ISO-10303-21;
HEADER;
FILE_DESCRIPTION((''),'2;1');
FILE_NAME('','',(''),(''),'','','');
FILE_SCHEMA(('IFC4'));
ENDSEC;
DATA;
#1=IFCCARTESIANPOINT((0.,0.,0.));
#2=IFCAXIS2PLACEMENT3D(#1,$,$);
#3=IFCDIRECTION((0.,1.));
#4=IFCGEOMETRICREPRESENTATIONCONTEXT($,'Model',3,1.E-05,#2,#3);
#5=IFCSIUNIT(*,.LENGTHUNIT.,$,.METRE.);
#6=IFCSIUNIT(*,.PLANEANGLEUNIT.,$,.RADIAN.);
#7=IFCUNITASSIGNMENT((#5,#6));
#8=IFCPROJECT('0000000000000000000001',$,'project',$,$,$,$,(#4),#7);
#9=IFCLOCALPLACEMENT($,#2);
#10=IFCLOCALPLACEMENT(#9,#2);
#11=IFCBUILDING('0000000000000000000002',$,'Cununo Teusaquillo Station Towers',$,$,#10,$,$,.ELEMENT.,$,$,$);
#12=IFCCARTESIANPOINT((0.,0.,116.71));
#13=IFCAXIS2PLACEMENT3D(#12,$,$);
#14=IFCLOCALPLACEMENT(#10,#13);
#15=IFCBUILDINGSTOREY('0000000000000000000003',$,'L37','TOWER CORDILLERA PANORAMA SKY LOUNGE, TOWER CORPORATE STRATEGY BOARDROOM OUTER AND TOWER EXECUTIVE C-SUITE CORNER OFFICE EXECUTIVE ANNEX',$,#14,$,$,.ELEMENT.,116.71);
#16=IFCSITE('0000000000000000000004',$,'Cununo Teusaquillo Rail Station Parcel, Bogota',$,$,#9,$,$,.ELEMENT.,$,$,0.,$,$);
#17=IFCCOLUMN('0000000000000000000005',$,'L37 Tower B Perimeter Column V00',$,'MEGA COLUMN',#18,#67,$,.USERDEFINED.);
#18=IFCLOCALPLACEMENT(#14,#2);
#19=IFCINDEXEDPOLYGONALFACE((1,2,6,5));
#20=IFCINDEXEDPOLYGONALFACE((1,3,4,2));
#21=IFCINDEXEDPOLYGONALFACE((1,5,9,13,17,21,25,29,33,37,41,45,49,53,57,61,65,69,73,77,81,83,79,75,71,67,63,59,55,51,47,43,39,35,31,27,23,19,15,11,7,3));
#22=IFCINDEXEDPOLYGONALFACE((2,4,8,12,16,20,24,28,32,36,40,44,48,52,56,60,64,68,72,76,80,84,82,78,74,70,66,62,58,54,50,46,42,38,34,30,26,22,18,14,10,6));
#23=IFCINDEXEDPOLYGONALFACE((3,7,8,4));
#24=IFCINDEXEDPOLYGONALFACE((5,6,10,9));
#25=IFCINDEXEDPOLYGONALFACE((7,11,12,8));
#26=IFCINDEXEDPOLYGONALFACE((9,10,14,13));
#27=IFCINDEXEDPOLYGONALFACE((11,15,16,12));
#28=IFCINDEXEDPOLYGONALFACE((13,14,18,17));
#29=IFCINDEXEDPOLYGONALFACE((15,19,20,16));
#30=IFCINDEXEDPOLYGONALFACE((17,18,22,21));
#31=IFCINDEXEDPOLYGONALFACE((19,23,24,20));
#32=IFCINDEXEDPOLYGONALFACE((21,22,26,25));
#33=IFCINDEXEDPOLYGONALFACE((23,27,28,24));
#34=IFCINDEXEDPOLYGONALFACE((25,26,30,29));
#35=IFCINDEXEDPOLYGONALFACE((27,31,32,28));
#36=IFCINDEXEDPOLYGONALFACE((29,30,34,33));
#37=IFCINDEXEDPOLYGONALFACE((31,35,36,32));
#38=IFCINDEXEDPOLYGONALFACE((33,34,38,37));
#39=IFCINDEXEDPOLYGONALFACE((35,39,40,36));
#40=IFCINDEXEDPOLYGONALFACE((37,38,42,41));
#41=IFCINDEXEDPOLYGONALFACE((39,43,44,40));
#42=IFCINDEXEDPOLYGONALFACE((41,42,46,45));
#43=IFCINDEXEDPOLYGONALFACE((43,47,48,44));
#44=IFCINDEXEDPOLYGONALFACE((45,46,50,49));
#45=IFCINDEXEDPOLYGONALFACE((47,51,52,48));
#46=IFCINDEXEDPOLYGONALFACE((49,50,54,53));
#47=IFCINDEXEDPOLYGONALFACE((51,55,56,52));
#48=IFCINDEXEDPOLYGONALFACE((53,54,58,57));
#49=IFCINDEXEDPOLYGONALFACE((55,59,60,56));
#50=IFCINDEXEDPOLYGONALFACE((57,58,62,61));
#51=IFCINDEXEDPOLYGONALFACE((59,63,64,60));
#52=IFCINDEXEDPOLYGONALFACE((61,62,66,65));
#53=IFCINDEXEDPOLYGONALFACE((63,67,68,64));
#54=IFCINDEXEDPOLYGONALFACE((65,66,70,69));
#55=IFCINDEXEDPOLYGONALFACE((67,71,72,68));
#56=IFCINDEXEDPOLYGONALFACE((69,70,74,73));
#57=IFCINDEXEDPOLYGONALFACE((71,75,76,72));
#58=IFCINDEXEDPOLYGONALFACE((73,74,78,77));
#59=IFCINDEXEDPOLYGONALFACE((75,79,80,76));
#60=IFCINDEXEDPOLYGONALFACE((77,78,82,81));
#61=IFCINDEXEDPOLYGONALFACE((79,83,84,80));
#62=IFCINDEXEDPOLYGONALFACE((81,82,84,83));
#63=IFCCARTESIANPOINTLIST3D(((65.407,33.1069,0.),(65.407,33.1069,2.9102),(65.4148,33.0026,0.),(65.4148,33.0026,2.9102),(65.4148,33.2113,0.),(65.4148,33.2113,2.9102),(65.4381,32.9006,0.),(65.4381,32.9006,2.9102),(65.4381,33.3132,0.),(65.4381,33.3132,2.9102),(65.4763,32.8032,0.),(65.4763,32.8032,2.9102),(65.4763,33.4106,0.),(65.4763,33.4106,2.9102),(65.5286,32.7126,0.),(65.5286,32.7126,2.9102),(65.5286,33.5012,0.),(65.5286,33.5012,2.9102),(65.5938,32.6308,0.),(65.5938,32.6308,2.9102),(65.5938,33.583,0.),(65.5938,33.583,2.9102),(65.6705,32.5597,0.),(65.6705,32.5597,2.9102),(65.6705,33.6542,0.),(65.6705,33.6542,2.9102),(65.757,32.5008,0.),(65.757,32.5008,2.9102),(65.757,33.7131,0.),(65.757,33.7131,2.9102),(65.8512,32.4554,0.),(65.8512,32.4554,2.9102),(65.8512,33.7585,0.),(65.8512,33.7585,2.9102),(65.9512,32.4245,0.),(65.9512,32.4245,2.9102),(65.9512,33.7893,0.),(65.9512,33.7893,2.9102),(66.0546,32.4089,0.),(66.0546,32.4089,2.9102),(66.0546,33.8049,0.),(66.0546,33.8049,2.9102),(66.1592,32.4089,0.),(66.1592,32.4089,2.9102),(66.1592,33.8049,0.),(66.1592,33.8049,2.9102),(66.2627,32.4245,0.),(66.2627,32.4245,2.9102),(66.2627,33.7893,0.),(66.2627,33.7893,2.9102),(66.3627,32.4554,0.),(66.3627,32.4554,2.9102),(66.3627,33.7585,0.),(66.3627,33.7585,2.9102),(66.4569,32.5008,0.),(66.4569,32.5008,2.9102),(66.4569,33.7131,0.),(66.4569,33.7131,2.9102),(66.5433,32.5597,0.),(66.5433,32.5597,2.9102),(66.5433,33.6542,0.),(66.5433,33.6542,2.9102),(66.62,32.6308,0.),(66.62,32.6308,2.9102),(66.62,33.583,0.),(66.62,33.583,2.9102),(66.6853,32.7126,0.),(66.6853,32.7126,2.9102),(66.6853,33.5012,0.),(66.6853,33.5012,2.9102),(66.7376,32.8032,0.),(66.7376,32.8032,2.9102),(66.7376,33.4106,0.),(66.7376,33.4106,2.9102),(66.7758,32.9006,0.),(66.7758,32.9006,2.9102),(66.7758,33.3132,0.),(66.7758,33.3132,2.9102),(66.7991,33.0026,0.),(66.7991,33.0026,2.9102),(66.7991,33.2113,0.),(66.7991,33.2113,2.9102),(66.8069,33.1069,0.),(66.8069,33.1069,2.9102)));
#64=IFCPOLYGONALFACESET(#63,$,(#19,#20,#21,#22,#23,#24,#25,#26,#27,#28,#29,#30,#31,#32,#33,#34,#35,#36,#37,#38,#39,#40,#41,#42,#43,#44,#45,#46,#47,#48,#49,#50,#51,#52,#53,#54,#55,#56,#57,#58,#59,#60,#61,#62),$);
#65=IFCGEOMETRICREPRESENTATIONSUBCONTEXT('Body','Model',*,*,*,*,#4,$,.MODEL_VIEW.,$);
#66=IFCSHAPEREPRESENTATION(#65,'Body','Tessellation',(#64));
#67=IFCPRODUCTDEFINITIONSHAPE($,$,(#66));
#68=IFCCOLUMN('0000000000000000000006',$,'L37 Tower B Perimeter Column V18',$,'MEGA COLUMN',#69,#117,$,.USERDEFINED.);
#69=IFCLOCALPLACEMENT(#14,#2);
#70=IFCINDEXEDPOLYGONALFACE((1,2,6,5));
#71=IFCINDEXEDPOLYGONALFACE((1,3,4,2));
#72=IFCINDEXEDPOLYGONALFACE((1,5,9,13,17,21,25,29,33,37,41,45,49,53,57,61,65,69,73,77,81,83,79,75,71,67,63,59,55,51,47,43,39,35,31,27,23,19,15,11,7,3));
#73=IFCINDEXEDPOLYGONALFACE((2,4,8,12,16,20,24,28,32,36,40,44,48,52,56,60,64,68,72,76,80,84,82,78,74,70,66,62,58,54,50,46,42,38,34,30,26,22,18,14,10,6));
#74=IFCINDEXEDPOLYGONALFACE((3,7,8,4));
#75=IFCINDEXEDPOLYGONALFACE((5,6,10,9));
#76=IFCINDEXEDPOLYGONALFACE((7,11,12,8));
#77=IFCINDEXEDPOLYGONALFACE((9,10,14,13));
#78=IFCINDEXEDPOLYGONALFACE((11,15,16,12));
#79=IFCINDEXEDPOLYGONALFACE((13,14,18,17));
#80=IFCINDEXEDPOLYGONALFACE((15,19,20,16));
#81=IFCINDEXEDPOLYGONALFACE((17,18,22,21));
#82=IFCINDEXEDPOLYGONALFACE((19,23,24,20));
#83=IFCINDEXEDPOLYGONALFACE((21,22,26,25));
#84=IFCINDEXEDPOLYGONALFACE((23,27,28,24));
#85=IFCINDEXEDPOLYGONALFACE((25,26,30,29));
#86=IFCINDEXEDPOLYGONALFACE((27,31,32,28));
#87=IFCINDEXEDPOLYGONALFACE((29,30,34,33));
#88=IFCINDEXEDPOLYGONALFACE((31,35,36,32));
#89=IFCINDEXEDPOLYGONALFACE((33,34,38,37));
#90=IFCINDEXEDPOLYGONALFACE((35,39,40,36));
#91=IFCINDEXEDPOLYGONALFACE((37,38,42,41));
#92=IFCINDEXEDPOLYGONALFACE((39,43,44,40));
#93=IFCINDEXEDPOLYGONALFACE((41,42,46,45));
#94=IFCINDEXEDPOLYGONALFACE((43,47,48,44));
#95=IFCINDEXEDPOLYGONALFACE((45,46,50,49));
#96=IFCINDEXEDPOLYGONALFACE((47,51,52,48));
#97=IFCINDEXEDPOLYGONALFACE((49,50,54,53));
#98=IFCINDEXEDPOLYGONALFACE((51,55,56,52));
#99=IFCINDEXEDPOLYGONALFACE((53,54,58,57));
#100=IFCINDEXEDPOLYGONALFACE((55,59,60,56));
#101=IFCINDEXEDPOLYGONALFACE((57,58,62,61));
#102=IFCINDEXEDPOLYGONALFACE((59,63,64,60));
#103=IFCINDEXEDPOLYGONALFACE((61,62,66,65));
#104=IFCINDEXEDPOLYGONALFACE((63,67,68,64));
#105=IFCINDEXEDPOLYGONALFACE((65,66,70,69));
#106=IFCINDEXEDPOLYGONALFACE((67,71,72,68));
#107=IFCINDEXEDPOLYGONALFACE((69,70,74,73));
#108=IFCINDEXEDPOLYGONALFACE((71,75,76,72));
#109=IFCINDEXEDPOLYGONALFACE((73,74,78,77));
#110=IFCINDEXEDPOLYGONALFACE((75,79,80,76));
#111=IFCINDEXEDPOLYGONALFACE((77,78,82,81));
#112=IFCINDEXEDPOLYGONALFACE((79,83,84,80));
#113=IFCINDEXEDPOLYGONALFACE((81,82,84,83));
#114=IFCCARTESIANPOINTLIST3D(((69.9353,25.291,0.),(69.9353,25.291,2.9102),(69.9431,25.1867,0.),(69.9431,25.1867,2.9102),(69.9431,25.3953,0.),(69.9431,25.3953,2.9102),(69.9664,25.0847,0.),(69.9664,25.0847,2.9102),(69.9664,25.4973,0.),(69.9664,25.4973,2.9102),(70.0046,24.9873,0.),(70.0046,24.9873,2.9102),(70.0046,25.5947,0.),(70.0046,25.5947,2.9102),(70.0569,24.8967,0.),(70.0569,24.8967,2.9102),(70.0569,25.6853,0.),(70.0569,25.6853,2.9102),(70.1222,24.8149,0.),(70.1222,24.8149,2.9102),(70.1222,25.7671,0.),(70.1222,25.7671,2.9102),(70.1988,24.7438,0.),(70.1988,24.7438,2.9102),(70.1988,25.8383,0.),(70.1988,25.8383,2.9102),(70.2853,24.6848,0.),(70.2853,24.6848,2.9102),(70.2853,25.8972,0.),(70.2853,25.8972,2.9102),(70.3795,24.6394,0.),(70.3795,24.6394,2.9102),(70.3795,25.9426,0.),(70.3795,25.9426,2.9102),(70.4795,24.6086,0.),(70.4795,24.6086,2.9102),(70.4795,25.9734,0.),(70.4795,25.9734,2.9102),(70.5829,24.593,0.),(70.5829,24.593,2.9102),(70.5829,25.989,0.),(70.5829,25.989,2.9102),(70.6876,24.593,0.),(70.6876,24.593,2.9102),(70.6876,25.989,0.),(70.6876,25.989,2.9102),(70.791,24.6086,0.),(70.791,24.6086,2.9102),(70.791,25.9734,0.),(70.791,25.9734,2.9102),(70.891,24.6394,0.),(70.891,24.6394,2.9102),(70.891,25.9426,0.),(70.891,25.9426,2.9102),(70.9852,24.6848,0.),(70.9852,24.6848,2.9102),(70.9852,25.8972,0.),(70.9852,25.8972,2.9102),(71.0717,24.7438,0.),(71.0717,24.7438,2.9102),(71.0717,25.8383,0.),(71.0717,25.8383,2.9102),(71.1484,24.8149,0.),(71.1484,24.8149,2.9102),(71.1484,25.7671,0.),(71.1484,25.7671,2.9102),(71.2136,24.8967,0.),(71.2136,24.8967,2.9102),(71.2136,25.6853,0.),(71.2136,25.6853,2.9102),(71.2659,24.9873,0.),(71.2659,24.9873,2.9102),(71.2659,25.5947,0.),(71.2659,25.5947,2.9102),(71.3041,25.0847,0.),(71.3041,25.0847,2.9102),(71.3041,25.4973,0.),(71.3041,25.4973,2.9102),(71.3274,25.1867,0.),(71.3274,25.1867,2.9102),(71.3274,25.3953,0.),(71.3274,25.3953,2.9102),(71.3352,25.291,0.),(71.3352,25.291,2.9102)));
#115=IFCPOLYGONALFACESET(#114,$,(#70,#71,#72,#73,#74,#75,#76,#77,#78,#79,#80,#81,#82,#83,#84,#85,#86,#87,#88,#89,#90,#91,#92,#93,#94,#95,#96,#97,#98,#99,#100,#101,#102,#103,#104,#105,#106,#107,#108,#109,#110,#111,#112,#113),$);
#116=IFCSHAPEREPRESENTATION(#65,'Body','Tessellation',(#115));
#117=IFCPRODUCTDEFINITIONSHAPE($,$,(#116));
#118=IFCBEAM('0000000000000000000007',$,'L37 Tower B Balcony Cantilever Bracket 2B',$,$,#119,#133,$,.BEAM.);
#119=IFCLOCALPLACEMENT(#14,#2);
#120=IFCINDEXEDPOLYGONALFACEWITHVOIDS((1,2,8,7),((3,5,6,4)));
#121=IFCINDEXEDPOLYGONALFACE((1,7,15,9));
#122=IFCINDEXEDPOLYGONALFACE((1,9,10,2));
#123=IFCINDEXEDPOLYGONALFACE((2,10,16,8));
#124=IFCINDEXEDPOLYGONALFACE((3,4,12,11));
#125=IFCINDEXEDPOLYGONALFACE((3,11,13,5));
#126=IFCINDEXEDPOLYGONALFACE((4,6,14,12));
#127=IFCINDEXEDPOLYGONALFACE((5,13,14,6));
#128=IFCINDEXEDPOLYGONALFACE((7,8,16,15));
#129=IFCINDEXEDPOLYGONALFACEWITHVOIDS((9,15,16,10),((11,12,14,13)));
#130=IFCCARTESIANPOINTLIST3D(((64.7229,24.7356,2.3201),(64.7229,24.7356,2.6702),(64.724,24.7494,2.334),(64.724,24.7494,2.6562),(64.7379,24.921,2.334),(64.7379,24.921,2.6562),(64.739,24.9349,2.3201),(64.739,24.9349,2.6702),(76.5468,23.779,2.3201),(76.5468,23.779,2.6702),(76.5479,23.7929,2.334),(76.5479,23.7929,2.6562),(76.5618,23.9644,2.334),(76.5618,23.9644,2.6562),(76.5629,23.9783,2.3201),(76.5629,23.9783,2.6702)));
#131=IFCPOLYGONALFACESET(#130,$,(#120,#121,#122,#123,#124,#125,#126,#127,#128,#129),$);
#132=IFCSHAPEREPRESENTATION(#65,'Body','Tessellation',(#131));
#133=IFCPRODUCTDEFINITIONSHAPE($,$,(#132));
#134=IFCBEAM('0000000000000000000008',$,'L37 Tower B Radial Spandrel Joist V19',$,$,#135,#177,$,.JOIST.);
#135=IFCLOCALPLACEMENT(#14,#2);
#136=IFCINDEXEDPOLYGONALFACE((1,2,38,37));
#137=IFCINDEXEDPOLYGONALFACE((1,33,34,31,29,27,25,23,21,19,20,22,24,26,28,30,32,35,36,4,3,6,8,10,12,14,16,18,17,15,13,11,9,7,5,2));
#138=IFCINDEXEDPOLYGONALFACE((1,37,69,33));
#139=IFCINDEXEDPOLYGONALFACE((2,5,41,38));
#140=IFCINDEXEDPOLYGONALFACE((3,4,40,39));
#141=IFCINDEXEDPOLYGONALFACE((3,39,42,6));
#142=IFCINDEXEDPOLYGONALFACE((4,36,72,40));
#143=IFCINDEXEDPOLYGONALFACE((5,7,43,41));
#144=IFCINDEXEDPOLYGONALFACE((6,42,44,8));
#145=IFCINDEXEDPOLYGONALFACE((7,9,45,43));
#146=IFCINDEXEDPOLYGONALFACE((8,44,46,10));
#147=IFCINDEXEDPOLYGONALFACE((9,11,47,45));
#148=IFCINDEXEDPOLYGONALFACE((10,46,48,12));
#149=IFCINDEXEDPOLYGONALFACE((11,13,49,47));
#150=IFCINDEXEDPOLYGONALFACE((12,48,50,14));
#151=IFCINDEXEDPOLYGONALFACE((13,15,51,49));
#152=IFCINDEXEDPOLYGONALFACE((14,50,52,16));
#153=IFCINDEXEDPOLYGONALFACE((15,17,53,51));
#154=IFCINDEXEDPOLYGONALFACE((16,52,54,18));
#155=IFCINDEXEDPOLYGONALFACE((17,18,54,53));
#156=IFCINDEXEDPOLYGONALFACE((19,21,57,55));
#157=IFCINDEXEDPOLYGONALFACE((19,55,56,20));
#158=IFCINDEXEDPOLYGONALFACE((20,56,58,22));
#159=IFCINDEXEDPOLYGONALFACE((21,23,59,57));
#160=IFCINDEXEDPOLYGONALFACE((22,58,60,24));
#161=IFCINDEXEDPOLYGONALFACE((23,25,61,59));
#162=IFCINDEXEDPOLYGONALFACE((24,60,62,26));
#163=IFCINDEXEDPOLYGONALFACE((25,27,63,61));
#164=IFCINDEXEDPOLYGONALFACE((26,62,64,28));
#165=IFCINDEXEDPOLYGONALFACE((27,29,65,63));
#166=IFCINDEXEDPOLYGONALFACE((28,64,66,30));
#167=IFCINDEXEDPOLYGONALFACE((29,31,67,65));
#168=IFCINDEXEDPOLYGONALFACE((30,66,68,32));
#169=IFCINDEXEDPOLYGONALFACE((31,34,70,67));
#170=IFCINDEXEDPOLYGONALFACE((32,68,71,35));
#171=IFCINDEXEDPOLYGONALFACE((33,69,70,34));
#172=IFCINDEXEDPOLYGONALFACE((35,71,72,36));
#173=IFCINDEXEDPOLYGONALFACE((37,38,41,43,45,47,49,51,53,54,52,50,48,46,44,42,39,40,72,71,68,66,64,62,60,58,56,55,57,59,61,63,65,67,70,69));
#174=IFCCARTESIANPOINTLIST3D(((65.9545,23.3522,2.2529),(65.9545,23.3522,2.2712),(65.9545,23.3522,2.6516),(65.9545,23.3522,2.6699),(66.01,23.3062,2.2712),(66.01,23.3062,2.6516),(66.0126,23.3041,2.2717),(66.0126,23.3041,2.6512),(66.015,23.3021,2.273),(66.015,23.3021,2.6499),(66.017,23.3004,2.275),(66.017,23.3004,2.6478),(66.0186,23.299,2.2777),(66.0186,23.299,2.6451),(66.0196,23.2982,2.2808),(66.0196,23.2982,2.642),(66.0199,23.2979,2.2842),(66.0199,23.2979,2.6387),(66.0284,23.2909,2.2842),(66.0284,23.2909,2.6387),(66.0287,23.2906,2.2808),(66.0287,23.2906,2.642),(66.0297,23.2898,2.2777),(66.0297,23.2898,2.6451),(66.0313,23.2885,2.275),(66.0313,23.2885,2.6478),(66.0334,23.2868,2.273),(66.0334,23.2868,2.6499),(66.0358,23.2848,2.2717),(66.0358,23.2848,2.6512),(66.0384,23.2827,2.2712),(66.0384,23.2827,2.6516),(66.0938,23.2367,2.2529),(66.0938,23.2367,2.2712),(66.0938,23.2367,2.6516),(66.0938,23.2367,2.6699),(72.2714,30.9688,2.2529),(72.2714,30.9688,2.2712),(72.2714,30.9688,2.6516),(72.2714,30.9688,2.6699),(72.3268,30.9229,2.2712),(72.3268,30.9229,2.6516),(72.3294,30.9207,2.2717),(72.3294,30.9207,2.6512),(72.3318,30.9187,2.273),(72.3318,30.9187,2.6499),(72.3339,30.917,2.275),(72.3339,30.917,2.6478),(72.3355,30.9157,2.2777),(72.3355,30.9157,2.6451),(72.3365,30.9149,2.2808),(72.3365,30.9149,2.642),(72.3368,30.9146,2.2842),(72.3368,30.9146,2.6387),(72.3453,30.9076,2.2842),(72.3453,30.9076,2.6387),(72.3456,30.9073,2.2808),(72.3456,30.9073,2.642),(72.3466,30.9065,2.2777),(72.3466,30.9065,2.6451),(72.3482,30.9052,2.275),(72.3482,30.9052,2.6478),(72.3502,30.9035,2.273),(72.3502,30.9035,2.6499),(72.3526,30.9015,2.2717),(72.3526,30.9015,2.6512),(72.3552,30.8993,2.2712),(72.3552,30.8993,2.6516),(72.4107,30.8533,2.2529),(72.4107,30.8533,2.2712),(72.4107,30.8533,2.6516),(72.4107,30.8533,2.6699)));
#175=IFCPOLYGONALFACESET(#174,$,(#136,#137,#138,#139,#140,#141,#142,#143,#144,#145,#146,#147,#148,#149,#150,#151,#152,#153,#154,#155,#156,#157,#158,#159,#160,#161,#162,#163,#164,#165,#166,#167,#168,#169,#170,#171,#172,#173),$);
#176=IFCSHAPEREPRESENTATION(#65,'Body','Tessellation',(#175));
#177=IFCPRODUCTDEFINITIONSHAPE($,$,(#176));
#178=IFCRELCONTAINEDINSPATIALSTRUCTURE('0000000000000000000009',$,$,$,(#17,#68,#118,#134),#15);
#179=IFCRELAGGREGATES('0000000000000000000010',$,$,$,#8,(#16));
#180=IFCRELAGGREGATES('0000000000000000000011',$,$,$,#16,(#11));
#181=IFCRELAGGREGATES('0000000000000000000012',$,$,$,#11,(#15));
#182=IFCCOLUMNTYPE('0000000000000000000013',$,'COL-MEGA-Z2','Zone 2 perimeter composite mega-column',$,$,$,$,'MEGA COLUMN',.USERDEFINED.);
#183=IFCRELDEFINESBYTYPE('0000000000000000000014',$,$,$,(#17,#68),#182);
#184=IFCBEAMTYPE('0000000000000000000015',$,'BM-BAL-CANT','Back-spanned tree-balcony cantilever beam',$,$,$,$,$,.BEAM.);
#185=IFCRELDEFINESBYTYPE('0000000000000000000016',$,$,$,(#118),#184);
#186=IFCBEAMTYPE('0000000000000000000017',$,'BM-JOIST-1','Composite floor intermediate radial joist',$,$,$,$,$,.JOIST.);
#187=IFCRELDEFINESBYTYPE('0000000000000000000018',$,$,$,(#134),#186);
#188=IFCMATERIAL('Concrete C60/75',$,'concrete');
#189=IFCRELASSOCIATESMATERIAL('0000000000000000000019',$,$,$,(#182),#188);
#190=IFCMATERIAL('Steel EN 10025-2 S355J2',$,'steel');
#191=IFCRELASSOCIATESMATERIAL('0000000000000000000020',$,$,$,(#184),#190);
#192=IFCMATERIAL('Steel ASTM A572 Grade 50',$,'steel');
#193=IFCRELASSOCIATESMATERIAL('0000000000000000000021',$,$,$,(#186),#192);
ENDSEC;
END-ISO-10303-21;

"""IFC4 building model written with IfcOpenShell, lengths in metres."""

from ifc_helpers import new_model, si_unit, direction, frame, origin, origin_2d, place, context, subcontext, project, spatial, hollow_rectangle, circle, i_section, extrude, material, material_profile, profile_set, type_object, element, save


model = new_model("IFC4")

# Units and contexts
model_context = context("Model", 3, precision=1e-05, world=origin(), true_north=direction((0.0, 1.0)))
body_context = subcontext(model_context, "Body", "Model", "MODEL_VIEW")
ifc_project = project(units=[si_unit("LENGTHUNIT", "METRE"), si_unit("PLANEANGLEUNIT", "RADIAN")], contexts=[model_context])

# Site, building, storey
site_placement = place(None, origin())
site = spatial("IfcSite", under=ifc_project, at=site_placement, Name="Cununo Teusaquillo Rail Station Parcel, Bogota", CompositionType="ELEMENT", RefElevation=0.0)
building_placement = place(site_placement, origin())
building = spatial("IfcBuilding", under=site, at=building_placement, Name="Cununo Teusaquillo Station Towers", CompositionType="ELEMENT")
storey_placement = place(building_placement, frame((0.0, 0.0, 116.71)))
storey = spatial("IfcBuildingStorey", under=building, at=storey_placement, Name="L37", Description="TOWER CORDILLERA PANORAMA SKY LOUNGE, TOWER CORPORATE STRATEGY BOARDROOM OUTER AND TOWER EXECUTIVE C-SUITE CORNER OFFICE EXECUTIVE ANNEX", CompositionType="ELEMENT", Elevation=116.71)

# Columns
ifc_material_1 = material(Name="Concrete C60/75", Category="concrete")
ifc_material_profile_1 = material_profile(ifc_material_1, circle(Radius=0.7, at=origin_2d()), Name="RC-CIRC-1400")
ifc_profile_set_1 = profile_set([ifc_material_profile_1], Name="Concrete C60/75")
column_type = type_object("IfcColumnType", Name="COL-MEGA-Z2", Description="Zone 2 perimeter composite mega-column", ElementType="MEGA COLUMN", PredefinedType="USERDEFINED", material=ifc_profile_set_1)
for number, where, z_axis, x_axis, name in (
    (1, (66.1069, 33.1069, 0.0), (0.0, 0.0, 1.0), (1.0, 0.0, 0.0), "L37 Tower B Perimeter Column V00"),
    (2, (70.6353, 25.291, 0.0), (0.0, 0.0, 1.0), (1.0, 0.0, 0.0), "L37 Tower B Perimeter Column V18"),
):
    element("IfcColumn", number, at=place(storey_placement, frame(where, z_axis=z_axis, x_axis=x_axis)), inside=storey, type_object=column_type, Name=name, ObjectType="MEGA COLUMN", PredefinedType="USERDEFINED", context=body_context, shape_type="SweptSolid", body=[
        extrude(circle(Radius=0.7, at=origin_2d()), origin(), (0.0, 0.0, 1.0), 2.9102),
    ])

# Beams
ifc_material_2 = material(Name="Steel EN 10025-2 S355J2", Category="steel")
ifc_material_profile_2 = material_profile(ifc_material_2, hollow_rectangle(XDim=0.2, YDim=0.3501, WallThickness=0.0139, at=origin_2d()), Name="RHS 350x200x14")
ifc_profile_set_2 = profile_set([ifc_material_profile_2], Name="Steel EN 10025-2 S355J2")
beam_type_1 = type_object("IfcBeamType", Name="BM-BAL-CANT", Description="Back-spanned tree-balcony cantilever beam", PredefinedType="BEAM", material=ifc_profile_set_2)
beam_1_placement = place(storey_placement, frame((64.731, 24.8352, 2.4951), z_axis=(0.996744, -0.080635, 0.0), x_axis=(0.080635, 0.996744, 0.0)))
element("IfcBeam", 3, at=beam_1_placement, inside=storey, type_object=beam_type_1, Name="L37 Tower B Balcony Cantilever Bracket 2B", PredefinedType="BEAM", context=body_context, shape_type="SweptSolid", body=[
    extrude(hollow_rectangle(XDim=0.2, YDim=0.3501, WallThickness=0.0139, at=origin_2d()), origin(), (0.0, 0.0, 1.0), 11.8625),
])
ifc_material_3 = material(Name="Steel ASTM A572 Grade 50", Category="steel")
ifc_material_profile_3 = material_profile(ifc_material_3, i_section(OverallWidth=0.1809, OverallDepth=0.417, WebThickness=0.011, FlangeThickness=0.0183, FilletRadius=0.0129, at=origin_2d()), Name="W16X57")
ifc_profile_set_3 = profile_set([ifc_material_profile_3], Name="Steel ASTM A572 Grade 50")
beam_type_2 = type_object("IfcBeamType", Name="BM-JOIST-1", Description="Composite floor intermediate radial joist", PredefinedType="JOIST", material=ifc_profile_set_3)
beam_2_placement = place(storey_placement, frame((66.0242, 23.2944, 2.4614), z_axis=(0.638372, 0.769728, 0.0), x_axis=(-0.769728, 0.638372, 0.0)))
element("IfcBeam", 4, at=beam_2_placement, inside=storey, type_object=beam_type_2, Name="L37 Tower B Radial Spandrel Joist V19", PredefinedType="JOIST", context=body_context, shape_type="SweptSolid", body=[
    extrude(i_section(OverallWidth=0.1809, OverallDepth=0.417, WebThickness=0.011, FlangeThickness=0.0183, FilletRadius=0.0129, at=origin_2d()), origin(), (0.0, 0.0, 1.0), 9.8953),
])

save(model, "model.ifc")
